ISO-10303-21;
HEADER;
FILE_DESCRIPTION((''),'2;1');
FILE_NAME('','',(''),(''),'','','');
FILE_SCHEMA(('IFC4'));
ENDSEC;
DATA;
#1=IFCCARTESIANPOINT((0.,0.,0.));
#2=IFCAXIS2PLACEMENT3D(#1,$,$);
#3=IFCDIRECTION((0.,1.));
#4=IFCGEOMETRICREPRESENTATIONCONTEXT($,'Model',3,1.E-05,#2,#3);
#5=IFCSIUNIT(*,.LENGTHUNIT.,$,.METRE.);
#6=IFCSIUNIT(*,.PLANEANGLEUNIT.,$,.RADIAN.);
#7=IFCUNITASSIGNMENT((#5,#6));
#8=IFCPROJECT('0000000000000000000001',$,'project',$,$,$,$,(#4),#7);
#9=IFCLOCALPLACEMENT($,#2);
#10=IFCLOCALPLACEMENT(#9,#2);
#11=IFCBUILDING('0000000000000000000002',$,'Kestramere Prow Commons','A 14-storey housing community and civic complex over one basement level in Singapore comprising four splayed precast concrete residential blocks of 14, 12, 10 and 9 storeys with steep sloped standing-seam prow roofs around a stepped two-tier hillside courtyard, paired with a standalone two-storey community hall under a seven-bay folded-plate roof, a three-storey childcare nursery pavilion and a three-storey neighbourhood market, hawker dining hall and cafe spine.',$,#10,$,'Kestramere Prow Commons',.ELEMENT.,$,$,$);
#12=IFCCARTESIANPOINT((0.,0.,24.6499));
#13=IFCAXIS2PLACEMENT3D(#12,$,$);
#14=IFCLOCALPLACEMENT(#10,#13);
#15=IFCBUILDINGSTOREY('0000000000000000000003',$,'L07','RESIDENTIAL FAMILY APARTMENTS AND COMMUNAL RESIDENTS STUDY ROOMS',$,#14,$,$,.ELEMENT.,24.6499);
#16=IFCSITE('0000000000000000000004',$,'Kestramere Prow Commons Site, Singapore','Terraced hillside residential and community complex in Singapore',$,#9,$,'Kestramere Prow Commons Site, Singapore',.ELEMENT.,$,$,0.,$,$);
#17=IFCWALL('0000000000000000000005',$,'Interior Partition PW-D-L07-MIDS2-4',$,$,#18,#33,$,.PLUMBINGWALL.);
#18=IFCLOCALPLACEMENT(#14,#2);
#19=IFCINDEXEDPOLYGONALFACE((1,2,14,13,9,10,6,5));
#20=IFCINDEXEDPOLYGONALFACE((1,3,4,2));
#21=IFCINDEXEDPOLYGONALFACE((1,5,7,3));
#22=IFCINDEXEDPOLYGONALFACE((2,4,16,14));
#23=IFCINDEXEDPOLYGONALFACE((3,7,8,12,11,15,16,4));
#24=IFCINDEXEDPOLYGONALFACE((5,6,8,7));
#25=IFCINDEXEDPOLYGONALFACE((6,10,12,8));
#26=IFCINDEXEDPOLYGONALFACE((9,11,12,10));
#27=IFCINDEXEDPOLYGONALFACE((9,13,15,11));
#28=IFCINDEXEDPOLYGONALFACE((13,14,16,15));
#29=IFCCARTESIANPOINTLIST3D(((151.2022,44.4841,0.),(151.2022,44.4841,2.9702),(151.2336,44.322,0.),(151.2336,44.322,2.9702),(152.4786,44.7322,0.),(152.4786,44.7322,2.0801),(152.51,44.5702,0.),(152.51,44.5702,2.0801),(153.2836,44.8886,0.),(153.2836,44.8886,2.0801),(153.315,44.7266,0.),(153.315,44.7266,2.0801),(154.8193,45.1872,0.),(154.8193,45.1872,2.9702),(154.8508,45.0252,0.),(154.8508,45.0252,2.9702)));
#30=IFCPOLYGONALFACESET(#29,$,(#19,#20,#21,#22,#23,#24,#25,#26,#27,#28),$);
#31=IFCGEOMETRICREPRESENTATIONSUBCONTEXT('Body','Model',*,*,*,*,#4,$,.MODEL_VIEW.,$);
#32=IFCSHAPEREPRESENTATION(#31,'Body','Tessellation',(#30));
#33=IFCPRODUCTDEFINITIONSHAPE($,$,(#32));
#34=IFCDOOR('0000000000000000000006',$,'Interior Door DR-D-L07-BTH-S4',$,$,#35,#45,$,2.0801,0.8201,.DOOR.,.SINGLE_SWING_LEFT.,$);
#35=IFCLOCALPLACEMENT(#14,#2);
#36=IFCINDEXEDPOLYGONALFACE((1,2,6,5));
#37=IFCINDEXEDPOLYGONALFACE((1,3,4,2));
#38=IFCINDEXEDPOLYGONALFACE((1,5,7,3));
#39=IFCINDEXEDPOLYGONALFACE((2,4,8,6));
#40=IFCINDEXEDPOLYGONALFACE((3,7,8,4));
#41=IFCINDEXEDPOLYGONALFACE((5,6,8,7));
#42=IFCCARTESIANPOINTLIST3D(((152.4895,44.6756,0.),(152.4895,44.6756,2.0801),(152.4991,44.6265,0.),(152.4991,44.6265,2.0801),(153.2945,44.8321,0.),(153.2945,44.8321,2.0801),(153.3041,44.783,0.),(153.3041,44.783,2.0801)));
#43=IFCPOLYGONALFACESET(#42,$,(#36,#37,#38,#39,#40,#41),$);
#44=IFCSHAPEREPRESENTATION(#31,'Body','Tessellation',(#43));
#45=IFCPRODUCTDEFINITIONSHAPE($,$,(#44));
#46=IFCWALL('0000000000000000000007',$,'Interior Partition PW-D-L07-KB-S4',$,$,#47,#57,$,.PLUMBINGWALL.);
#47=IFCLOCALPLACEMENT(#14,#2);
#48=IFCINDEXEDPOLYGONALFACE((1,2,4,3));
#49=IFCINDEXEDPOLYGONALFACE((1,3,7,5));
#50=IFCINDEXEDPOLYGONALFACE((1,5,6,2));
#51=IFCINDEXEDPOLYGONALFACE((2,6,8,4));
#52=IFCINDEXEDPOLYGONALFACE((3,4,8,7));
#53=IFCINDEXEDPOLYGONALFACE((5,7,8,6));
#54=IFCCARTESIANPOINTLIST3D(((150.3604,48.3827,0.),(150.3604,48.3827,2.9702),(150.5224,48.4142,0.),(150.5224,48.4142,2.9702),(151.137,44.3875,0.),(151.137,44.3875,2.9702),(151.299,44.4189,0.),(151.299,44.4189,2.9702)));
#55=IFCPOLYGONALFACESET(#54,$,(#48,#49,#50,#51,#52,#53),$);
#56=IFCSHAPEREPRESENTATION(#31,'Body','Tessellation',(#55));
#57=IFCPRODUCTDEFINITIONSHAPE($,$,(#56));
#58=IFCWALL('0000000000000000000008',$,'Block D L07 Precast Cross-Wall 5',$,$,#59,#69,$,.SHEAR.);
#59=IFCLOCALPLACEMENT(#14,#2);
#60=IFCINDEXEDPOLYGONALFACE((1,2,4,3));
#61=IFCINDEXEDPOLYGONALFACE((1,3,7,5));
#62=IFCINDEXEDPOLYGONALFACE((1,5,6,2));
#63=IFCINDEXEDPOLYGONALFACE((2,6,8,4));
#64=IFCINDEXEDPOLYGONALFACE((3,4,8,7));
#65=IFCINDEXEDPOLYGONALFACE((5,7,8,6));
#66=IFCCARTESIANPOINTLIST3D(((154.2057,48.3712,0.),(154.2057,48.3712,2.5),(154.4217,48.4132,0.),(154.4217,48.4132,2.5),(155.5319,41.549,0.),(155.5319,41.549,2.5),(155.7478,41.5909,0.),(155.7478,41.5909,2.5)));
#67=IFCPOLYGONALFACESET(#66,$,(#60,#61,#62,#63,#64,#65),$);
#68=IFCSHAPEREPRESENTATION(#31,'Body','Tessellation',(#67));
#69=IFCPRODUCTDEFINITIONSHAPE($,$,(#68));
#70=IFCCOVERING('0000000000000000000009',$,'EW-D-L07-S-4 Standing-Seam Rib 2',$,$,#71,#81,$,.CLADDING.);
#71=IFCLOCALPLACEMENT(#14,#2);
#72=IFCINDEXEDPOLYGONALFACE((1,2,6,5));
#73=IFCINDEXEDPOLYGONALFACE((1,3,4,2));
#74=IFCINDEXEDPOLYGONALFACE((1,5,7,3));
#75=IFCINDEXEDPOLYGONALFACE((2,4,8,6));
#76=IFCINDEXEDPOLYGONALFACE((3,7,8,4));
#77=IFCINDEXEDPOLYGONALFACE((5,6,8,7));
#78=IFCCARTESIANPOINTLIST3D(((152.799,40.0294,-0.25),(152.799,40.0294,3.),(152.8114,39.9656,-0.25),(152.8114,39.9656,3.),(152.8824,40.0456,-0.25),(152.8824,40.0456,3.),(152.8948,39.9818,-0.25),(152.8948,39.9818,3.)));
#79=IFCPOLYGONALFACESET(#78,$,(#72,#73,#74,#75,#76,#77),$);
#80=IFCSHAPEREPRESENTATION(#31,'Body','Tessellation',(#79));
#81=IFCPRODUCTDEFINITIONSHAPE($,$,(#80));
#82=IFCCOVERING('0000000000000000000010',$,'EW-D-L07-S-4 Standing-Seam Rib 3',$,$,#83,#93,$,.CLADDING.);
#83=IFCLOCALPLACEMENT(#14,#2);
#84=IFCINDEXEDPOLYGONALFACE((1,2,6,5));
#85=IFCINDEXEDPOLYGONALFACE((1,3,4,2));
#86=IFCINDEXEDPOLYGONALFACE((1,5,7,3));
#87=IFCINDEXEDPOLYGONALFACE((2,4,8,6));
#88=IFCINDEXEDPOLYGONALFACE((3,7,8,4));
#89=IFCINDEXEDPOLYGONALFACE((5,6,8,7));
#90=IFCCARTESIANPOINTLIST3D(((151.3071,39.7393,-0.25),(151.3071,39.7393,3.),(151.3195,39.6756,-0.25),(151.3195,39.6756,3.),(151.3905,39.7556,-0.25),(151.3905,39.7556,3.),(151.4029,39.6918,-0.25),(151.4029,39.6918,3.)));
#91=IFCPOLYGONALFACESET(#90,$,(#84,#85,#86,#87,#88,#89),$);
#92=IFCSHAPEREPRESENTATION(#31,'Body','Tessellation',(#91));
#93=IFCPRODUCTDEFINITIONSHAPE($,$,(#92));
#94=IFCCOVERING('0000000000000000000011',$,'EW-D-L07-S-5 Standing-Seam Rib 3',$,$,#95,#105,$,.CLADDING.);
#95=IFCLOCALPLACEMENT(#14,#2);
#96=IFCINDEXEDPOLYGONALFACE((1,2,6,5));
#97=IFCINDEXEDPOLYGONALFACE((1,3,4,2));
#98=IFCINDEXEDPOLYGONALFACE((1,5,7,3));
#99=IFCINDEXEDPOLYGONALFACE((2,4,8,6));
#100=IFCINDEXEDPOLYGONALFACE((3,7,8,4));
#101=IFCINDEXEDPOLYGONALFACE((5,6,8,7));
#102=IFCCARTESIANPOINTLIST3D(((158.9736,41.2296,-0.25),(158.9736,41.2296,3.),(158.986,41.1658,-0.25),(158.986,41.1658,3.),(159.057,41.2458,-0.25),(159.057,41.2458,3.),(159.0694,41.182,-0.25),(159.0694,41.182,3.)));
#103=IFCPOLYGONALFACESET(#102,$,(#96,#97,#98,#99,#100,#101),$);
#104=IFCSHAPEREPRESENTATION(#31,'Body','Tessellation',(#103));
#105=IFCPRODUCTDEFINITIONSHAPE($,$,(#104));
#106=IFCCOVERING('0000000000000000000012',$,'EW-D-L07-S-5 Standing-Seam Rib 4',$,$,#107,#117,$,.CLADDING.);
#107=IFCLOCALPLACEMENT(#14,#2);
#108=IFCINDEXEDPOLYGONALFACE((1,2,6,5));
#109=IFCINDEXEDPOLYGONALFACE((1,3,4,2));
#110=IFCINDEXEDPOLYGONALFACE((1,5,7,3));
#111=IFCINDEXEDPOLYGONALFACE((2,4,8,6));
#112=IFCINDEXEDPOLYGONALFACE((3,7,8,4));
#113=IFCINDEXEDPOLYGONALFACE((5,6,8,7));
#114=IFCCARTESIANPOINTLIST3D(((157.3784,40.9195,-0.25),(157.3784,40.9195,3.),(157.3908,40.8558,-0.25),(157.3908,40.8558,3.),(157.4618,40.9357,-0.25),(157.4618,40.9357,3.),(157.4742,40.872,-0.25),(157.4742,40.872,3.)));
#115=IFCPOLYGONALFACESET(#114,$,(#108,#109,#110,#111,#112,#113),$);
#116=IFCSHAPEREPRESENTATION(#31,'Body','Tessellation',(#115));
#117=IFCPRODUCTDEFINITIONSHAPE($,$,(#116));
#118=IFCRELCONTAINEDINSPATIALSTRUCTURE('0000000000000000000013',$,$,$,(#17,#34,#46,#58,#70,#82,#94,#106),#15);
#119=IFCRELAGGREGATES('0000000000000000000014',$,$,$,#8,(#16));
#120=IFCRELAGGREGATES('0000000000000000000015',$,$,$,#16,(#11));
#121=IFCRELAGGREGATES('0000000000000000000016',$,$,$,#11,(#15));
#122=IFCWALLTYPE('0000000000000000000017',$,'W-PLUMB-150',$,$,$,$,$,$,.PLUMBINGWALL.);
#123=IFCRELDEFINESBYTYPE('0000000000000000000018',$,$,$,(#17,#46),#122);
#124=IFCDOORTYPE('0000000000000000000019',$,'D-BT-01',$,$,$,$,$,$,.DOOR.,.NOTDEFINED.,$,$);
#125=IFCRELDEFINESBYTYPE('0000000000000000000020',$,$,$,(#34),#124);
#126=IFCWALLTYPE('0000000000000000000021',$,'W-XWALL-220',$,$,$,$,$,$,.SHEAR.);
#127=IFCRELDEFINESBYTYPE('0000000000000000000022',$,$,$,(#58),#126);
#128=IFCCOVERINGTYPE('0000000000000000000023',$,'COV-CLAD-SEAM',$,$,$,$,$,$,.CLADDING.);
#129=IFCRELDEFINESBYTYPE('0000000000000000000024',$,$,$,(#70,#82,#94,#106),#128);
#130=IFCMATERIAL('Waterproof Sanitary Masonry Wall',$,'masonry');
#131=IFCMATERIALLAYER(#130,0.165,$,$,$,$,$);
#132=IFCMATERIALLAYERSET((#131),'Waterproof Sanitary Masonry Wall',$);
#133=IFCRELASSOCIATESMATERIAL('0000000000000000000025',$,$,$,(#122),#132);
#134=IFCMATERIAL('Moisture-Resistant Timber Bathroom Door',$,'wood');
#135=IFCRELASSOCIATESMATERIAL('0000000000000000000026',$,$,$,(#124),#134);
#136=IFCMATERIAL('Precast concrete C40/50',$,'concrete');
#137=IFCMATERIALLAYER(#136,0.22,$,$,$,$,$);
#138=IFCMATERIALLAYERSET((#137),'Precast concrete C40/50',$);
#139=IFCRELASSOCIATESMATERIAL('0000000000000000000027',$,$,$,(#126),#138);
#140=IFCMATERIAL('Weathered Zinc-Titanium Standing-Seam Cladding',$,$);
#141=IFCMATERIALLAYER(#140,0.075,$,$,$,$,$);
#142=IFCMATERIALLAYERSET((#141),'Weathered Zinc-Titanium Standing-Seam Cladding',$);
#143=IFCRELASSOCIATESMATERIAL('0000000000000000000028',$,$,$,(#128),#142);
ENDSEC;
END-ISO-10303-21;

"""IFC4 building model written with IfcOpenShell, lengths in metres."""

from ifc_helpers import new_model, si_unit, direction, frame, frame_2d, origin, origin_2d, place, context, subcontext, project, spatial, rectangle, extrude, material, layer, layer_set, type_object, element, fill, save


model = new_model("IFC4")

# Units and contexts
model_context = context("Model", 3, precision=1e-05, world=origin(), true_north=direction((0.0, 1.0)))
body_context = subcontext(model_context, "Body", "Model", "MODEL_VIEW")
ifc_project = project(units=[si_unit("LENGTHUNIT", "METRE"), si_unit("PLANEANGLEUNIT", "RADIAN")], contexts=[model_context])

# Site, building, storey
site_placement = place(None, origin())
site = spatial("IfcSite", under=ifc_project, at=site_placement, Name="Kestramere Prow Commons Site, Singapore", Description="Terraced hillside residential and community complex in Singapore", LongName="Kestramere Prow Commons Site, Singapore", CompositionType="ELEMENT", RefElevation=0.0)
building_placement = place(site_placement, origin())
building = spatial("IfcBuilding", under=site, at=building_placement, Name="Kestramere Prow Commons", Description="A 14-storey housing community and civic complex over one basement level in Singapore comprising four splayed precast concrete residential blocks of 14, 12, 10 and 9 storeys with steep sloped standing-seam prow roofs around a stepped two-tier hillside courtyard, paired with a standalone two-storey community hall under a seven-bay folded-plate roof, a three-storey childcare nursery pavilion and a three-storey neighbourhood market, hawker dining hall and cafe spine.", LongName="Kestramere Prow Commons", CompositionType="ELEMENT")
storey_placement = place(building_placement, frame((0.0, 0.0, 24.6499)))
storey = spatial("IfcBuildingStorey", under=building, at=storey_placement, Name="L07", Description="RESIDENTIAL FAMILY APARTMENTS AND COMMUNAL RESIDENTS STUDY ROOMS", CompositionType="ELEMENT", Elevation=24.6499)

# Shared definitions
ifc_material_1 = material(Name="Precast concrete C40/50", Category="concrete")

# Wall, opening, door
ifc_material_2 = material(Name="Waterproof Sanitary Masonry Wall", Category="masonry")
ifc_layer_1 = layer(ifc_material_2, 0.165)
ifc_layer_set_1 = layer_set([ifc_layer_1], Name="Waterproof Sanitary Masonry Wall")
wall_type_1 = type_object("IfcWallType", Name="W-PLUMB-150", PredefinedType="PLUMBINGWALL", material=ifc_layer_set_1)
wall_1_placement = place(storey_placement, frame((151.218, 44.4031, 0.0), z_axis=(0.0, 0.0, 1.0), x_axis=(0.981626, 0.190813, 0.0)))
wall_1 = element("IfcWall", 1, at=wall_1_placement, inside=storey, type_object=wall_type_1, Name="Interior Partition PW-D-L07-MIDS2-4", PredefinedType="PLUMBINGWALL", context=body_context, shape_type="SweptSolid", body=[
    extrude(rectangle(XDim=3.6848, YDim=0.165, at=frame_2d((1.8423, 0.0))), origin(), (0.0, 0.0, 1.0), 2.9702),
])
opening_1_placement = place(wall_1_placement, frame((1.3, 0.0, 0.0)))
opening_1 = element("IfcOpeningElement", 2, at=opening_1_placement, cuts=wall_1, PredefinedType="OPENING", context=body_context, shape_type="SweptSolid", body=[
    extrude(rectangle(XDim=0.8201, YDim=2.0801, at=frame_2d((0.4102, 1.04))), frame((0.0, 0.0974, 0.0), z_axis=(0.0, -1.0, 0.0), x_axis=(1.0, 0.0, 0.0)), (0.0, 0.0, 1.0), 0.1951),
])
ifc_material_3 = material(Name="Moisture-Resistant Timber Bathroom Door", Category="wood")
door_type_1 = type_object("IfcDoorType", Name="D-BT-01", OperationType="NOTDEFINED", PredefinedType="DOOR", material=ifc_material_3)
door_1_placement = place(opening_1_placement, origin())
door_1 = element("IfcDoor", 3, at=door_1_placement, inside=storey, type_object=door_type_1, Name="Interior Door DR-D-L07-BTH-S4", OperationType="SINGLE_SWING_LEFT", OverallHeight=2.0801, OverallWidth=0.8201, PredefinedType="DOOR", context=body_context, shape_type="SweptSolid", body=[
    extrude(rectangle(XDim=0.8201, YDim=2.0801, at=frame_2d((0.4102, 1.04))), frame((0.0, 0.0249, 0.0), z_axis=(0.0, -1.0, 0.0), x_axis=(1.0, 0.0, 0.0)), (0.0, 0.0, 1.0), 0.05),
])
fill(opening_1, door_1)

# Wall
wall_2_placement = place(storey_placement, frame((151.218, 44.4031, 0.0), z_axis=(0.0, 0.0, 1.0), x_axis=(-0.190807, 0.981628, 0.0)))
element("IfcWall", 4, at=wall_2_placement, inside=storey, type_object=wall_type_1, Name="Interior Partition PW-D-L07-KB-S4", PredefinedType="PLUMBINGWALL", context=body_context, shape_type="SweptSolid", body=[
    extrude(rectangle(XDim=4.0701, YDim=0.165, at=frame_2d((2.0352, 0.0))), origin(), (0.0, 0.0, 1.0), 2.9702),
])

# Wall
ifc_layer_2 = layer(ifc_material_1, 0.22)
ifc_layer_set_2 = layer_set([ifc_layer_2], Name="Precast concrete C40/50")
wall_type_2 = type_object("IfcWallType", Name="W-XWALL-220", PredefinedType="SHEAR", material=ifc_layer_set_2)
wall_3_placement = place(storey_placement, frame((155.6399, 41.5698, 0.0), z_axis=(0.0, 0.0, 1.0), x_axis=(-0.190817, 0.981626, 0.0)))
element("IfcWall", 5, at=wall_3_placement, inside=storey, type_object=wall_type_2, Name="Block D L07 Precast Cross-Wall 5", PredefinedType="SHEAR", context=body_context, shape_type="SweptSolid", body=[
    extrude(rectangle(XDim=6.95, YDim=0.22, at=frame_2d((3.4751, 0.0))), origin(), (0.0, 0.0, 1.0), 2.5),
])

# Coverings
ifc_material_4 = material(Name="Weathered Zinc-Titanium Standing-Seam Cladding")
ifc_layer_3 = layer(ifc_material_4, 0.075)
ifc_layer_set_3 = layer_set([ifc_layer_3], Name="Weathered Zinc-Titanium Standing-Seam Cladding")
covering_type = type_object("IfcCoveringType", Name="COV-CLAD-SEAM", PredefinedType="CLADDING", material=ifc_layer_set_3)
for number, where, z_axis, x_axis, name in (
    (6, (152.8469, 40.0056, -0.25), (0.0, 0.0, 1.0), (-0.981627, -0.190809, 0.0), "EW-D-L07-S-4 Standing-Seam Rib 2"),
    (7, (151.355, 39.7156, -0.25), (0.0, 0.0, 1.0), (-0.981627, -0.190809, 0.0), "EW-D-L07-S-4 Standing-Seam Rib 3"),
    (8, (159.0215, 41.2058, -0.25), (0.0, 0.0, 1.0), (-0.981627, -0.190809, 0.0), "EW-D-L07-S-5 Standing-Seam Rib 3"),
    (9, (157.4263, 40.8958, -0.25), (0.0, 0.0, 1.0), (-0.981627, -0.190809, 0.0), "EW-D-L07-S-5 Standing-Seam Rib 4"),
):
    element("IfcCovering", number, at=place(storey_placement, frame(where, z_axis=z_axis, x_axis=x_axis)), inside=storey, type_object=covering_type, Name=name, PredefinedType="CLADDING", context=body_context, shape_type="SweptSolid", body=[
        extrude(rectangle(XDim=0.085, YDim=0.0649, at=origin_2d()), origin(), (0.0, 0.0, 1.0), 3.25),
    ])

save(model, "model.ifc")
